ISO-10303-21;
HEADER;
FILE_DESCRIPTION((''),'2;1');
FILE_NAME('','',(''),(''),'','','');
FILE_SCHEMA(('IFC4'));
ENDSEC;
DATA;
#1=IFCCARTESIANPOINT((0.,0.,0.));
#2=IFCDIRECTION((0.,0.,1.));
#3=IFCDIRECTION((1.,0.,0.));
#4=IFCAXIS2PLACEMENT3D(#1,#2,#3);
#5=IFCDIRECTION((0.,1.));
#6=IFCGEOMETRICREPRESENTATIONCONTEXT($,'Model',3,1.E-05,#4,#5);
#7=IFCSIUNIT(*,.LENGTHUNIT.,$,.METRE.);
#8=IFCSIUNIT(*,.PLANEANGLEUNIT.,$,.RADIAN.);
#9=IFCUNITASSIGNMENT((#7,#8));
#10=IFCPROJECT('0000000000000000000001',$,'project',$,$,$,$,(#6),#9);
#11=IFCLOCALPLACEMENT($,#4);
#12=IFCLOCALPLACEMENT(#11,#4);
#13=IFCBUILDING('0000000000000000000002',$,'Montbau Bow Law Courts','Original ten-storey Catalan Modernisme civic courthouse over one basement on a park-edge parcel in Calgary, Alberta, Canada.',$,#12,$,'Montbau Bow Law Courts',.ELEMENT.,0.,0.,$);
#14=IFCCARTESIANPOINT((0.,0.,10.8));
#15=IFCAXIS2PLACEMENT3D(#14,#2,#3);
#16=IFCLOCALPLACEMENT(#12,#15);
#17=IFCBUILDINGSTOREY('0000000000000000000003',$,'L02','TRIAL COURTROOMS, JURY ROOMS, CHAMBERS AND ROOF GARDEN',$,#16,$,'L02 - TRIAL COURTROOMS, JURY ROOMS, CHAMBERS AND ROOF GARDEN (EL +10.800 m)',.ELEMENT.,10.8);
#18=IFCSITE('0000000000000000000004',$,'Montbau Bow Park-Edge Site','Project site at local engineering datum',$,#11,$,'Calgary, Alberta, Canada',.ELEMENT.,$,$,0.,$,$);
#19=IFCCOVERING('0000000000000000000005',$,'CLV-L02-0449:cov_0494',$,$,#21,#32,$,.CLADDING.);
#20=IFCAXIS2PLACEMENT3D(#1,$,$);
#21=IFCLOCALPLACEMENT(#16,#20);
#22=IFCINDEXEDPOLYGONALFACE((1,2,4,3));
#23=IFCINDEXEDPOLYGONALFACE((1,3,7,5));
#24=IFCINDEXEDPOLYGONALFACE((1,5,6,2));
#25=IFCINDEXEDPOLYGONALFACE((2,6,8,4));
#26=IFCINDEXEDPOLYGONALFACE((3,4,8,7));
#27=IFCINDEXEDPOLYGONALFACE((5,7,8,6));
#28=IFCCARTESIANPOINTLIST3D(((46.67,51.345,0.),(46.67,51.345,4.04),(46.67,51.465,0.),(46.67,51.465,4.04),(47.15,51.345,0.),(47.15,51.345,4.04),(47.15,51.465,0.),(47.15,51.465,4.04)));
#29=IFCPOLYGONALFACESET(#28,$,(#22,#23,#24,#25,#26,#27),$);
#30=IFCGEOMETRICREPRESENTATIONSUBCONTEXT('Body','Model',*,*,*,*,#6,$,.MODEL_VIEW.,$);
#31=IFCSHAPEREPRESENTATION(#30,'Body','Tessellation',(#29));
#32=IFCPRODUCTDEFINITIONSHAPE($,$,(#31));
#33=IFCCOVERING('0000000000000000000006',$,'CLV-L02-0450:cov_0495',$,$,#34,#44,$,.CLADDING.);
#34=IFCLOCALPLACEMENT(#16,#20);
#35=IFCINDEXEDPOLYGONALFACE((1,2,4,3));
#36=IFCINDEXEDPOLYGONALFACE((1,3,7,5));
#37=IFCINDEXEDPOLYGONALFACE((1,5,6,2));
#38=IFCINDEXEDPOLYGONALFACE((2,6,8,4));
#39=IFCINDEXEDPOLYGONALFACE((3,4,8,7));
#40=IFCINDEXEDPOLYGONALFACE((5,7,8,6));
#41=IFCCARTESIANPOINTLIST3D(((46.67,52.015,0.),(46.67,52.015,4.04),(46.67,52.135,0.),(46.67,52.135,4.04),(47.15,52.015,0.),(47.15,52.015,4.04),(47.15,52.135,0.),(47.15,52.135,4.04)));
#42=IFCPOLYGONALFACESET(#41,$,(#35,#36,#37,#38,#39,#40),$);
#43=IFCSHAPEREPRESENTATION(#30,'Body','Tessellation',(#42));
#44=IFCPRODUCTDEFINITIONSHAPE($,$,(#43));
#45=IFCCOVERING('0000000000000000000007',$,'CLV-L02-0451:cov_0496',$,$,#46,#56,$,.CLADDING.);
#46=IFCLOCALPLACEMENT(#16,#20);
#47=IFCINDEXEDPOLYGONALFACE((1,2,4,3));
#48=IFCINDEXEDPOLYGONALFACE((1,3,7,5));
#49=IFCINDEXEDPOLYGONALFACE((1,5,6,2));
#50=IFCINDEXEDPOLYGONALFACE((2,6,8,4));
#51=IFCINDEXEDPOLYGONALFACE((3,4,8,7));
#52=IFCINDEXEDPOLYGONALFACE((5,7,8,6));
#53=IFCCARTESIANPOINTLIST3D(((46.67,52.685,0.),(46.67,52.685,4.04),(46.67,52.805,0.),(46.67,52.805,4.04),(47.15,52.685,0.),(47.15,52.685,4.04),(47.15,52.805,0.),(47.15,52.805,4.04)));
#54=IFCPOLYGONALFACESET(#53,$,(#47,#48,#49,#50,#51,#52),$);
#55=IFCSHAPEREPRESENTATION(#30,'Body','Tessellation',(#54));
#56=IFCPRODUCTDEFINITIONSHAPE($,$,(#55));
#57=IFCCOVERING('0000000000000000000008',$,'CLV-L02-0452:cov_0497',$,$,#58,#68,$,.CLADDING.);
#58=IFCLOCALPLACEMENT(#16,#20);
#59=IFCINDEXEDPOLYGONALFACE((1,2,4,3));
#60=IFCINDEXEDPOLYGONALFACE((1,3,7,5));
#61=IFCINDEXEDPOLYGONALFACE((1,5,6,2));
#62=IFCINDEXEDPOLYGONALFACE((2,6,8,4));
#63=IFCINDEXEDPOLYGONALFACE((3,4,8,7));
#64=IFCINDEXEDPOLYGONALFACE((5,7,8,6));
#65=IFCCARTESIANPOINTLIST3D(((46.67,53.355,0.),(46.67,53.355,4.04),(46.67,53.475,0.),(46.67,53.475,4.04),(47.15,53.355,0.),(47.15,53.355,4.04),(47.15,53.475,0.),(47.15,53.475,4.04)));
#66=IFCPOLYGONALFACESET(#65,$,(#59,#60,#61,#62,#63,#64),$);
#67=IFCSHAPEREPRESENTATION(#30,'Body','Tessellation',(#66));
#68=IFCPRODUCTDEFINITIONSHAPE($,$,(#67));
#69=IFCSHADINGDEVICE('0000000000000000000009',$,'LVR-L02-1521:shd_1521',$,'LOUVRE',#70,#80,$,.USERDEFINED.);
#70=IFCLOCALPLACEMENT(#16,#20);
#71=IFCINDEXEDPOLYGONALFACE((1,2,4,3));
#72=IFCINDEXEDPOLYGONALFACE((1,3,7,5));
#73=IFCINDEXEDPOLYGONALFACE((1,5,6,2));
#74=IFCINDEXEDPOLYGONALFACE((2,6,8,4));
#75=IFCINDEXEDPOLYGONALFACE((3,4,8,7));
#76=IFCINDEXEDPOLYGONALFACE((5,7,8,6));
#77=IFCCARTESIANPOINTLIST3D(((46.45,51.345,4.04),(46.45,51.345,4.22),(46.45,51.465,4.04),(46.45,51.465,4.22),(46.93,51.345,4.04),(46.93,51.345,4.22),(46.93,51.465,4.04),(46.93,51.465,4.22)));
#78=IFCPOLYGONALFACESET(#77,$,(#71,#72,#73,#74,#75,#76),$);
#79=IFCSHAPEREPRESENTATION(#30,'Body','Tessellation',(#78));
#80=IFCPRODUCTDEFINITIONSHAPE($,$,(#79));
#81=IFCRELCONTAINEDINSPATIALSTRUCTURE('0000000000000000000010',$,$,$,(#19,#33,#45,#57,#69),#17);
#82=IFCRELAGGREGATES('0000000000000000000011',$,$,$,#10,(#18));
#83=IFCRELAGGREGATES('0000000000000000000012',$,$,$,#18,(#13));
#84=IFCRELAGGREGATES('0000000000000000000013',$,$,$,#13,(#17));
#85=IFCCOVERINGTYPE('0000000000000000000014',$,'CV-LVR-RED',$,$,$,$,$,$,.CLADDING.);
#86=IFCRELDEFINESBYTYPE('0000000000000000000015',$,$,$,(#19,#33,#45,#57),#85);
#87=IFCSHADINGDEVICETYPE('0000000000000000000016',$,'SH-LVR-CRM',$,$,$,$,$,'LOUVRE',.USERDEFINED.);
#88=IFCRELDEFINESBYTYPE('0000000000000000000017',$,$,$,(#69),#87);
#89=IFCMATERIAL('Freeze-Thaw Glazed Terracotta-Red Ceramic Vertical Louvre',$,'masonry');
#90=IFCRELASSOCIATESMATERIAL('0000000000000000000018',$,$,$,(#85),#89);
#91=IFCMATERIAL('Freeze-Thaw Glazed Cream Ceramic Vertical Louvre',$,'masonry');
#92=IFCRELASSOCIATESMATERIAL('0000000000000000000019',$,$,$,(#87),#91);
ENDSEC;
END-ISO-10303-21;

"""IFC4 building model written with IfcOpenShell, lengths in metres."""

from ifc_helpers import new_model, si_unit, direction, frame, frame_2d, origin_with_axes, origin_2d_with_axis, place, context, subcontext, project, spatial, rectangle, extrude, material, type_object, element, save


model = new_model("IFC4")

# Units and contexts
model_context = context("Model", 3, precision=1e-05, world=origin_with_axes(), true_north=direction((0.0, 1.0)))
body_context = subcontext(model_context, "Body", "Model", "MODEL_VIEW")
ifc_project = project(units=[si_unit("LENGTHUNIT", "METRE"), si_unit("PLANEANGLEUNIT", "RADIAN")], contexts=[model_context])

# Site, building, storey
site_placement = place(None, origin_with_axes())
site = spatial("IfcSite", under=ifc_project, at=site_placement, Name="Montbau Bow Park-Edge Site", Description="Project site at local engineering datum", LongName="Calgary, Alberta, Canada", CompositionType="ELEMENT", RefElevation=0.0)
building_placement = place(site_placement, origin_with_axes())
building = spatial("IfcBuilding", under=site, at=building_placement, Name="Montbau Bow Law Courts", Description="Original ten-storey Catalan Modernisme civic courthouse over one basement on a park-edge parcel in Calgary, Alberta, Canada.", LongName="Montbau Bow Law Courts", CompositionType="ELEMENT", ElevationOfRefHeight=0.0, ElevationOfTerrain=0.0)
storey_placement = place(building_placement, frame((0.0, 0.0, 10.8), z_axis=(0.0, 0.0, 1.0), x_axis=(1.0, 0.0, 0.0)))
storey = spatial("IfcBuildingStorey", under=building, at=storey_placement, Name="L02", Description="TRIAL COURTROOMS, JURY ROOMS, CHAMBERS AND ROOF GARDEN", LongName="L02 - TRIAL COURTROOMS, JURY ROOMS, CHAMBERS AND ROOF GARDEN (EL +10.800 m)", CompositionType="ELEMENT", Elevation=10.8)

# Coverings
ifc_material_1 = material(Name="Freeze-Thaw Glazed Terracotta-Red Ceramic Vertical Louvre", Category="masonry")
covering_type = type_object("IfcCoveringType", Name="CV-LVR-RED", PredefinedType="CLADDING", material=ifc_material_1)
for number, where, z_axis, x_axis, name in (
    (1, (46.67, 51.405, 10.8), (0.0, -1.0, 0.0), (1.0, 0.0, 0.0), "CLV-L02-0449:cov_0494"),
    (2, (46.67, 52.075, 10.8), (0.0, -1.0, 0.0), (1.0, 0.0, 0.0), "CLV-L02-0450:cov_0495"),
    (3, (46.67, 52.745, 10.8), (0.0, -1.0, 0.0), (1.0, 0.0, 0.0), "CLV-L02-0451:cov_0496"),
    (4, (46.67, 53.415, 10.8), (0.0, -1.0, 0.0), (1.0, 0.0, 0.0), "CLV-L02-0452:cov_0497"),
):
    element("IfcCovering", number, at=place(None, frame(where, z_axis=z_axis, x_axis=x_axis)), inside=storey, type_object=covering_type, Name=name, PredefinedType="CLADDING", context=body_context, shape_type="SweptSolid", body=[
        extrude(rectangle(XDim=0.48, YDim=4.04, at=frame_2d((0.24, 2.02), x_axis=(1.0, 0.0))), frame((0.0, 0.0, -0.06), z_axis=(0.0, 0.0, 1.0), x_axis=(1.0, 0.0, 0.0)), (0.0, 0.0, 1.0), 0.12),
    ])

# Shading device
ifc_material_2 = material(Name="Freeze-Thaw Glazed Cream Ceramic Vertical Louvre", Category="masonry")
shading_device_type = type_object("IfcShadingDeviceType", Name="SH-LVR-CRM", ElementType="LOUVRE", PredefinedType="USERDEFINED", material=ifc_material_2)
shading_device_placement = place(None, frame((46.69, 51.405, 14.84), z_axis=(0.0, 0.0, 1.0), x_axis=(-1.0, 0.0, 0.0)))
element("IfcShadingDevice", 5, at=shading_device_placement, inside=storey, type_object=shading_device_type, Name="LVR-L02-1521:shd_1521", ObjectType="LOUVRE", PredefinedType="USERDEFINED", context=body_context, shape_type="SweptSolid", body=[
    extrude(rectangle(XDim=0.48, YDim=0.12, at=origin_2d_with_axis()), origin_with_axes(), (0.0, 0.0, 1.0), 0.18),
])

save(model, "model.ifc")
